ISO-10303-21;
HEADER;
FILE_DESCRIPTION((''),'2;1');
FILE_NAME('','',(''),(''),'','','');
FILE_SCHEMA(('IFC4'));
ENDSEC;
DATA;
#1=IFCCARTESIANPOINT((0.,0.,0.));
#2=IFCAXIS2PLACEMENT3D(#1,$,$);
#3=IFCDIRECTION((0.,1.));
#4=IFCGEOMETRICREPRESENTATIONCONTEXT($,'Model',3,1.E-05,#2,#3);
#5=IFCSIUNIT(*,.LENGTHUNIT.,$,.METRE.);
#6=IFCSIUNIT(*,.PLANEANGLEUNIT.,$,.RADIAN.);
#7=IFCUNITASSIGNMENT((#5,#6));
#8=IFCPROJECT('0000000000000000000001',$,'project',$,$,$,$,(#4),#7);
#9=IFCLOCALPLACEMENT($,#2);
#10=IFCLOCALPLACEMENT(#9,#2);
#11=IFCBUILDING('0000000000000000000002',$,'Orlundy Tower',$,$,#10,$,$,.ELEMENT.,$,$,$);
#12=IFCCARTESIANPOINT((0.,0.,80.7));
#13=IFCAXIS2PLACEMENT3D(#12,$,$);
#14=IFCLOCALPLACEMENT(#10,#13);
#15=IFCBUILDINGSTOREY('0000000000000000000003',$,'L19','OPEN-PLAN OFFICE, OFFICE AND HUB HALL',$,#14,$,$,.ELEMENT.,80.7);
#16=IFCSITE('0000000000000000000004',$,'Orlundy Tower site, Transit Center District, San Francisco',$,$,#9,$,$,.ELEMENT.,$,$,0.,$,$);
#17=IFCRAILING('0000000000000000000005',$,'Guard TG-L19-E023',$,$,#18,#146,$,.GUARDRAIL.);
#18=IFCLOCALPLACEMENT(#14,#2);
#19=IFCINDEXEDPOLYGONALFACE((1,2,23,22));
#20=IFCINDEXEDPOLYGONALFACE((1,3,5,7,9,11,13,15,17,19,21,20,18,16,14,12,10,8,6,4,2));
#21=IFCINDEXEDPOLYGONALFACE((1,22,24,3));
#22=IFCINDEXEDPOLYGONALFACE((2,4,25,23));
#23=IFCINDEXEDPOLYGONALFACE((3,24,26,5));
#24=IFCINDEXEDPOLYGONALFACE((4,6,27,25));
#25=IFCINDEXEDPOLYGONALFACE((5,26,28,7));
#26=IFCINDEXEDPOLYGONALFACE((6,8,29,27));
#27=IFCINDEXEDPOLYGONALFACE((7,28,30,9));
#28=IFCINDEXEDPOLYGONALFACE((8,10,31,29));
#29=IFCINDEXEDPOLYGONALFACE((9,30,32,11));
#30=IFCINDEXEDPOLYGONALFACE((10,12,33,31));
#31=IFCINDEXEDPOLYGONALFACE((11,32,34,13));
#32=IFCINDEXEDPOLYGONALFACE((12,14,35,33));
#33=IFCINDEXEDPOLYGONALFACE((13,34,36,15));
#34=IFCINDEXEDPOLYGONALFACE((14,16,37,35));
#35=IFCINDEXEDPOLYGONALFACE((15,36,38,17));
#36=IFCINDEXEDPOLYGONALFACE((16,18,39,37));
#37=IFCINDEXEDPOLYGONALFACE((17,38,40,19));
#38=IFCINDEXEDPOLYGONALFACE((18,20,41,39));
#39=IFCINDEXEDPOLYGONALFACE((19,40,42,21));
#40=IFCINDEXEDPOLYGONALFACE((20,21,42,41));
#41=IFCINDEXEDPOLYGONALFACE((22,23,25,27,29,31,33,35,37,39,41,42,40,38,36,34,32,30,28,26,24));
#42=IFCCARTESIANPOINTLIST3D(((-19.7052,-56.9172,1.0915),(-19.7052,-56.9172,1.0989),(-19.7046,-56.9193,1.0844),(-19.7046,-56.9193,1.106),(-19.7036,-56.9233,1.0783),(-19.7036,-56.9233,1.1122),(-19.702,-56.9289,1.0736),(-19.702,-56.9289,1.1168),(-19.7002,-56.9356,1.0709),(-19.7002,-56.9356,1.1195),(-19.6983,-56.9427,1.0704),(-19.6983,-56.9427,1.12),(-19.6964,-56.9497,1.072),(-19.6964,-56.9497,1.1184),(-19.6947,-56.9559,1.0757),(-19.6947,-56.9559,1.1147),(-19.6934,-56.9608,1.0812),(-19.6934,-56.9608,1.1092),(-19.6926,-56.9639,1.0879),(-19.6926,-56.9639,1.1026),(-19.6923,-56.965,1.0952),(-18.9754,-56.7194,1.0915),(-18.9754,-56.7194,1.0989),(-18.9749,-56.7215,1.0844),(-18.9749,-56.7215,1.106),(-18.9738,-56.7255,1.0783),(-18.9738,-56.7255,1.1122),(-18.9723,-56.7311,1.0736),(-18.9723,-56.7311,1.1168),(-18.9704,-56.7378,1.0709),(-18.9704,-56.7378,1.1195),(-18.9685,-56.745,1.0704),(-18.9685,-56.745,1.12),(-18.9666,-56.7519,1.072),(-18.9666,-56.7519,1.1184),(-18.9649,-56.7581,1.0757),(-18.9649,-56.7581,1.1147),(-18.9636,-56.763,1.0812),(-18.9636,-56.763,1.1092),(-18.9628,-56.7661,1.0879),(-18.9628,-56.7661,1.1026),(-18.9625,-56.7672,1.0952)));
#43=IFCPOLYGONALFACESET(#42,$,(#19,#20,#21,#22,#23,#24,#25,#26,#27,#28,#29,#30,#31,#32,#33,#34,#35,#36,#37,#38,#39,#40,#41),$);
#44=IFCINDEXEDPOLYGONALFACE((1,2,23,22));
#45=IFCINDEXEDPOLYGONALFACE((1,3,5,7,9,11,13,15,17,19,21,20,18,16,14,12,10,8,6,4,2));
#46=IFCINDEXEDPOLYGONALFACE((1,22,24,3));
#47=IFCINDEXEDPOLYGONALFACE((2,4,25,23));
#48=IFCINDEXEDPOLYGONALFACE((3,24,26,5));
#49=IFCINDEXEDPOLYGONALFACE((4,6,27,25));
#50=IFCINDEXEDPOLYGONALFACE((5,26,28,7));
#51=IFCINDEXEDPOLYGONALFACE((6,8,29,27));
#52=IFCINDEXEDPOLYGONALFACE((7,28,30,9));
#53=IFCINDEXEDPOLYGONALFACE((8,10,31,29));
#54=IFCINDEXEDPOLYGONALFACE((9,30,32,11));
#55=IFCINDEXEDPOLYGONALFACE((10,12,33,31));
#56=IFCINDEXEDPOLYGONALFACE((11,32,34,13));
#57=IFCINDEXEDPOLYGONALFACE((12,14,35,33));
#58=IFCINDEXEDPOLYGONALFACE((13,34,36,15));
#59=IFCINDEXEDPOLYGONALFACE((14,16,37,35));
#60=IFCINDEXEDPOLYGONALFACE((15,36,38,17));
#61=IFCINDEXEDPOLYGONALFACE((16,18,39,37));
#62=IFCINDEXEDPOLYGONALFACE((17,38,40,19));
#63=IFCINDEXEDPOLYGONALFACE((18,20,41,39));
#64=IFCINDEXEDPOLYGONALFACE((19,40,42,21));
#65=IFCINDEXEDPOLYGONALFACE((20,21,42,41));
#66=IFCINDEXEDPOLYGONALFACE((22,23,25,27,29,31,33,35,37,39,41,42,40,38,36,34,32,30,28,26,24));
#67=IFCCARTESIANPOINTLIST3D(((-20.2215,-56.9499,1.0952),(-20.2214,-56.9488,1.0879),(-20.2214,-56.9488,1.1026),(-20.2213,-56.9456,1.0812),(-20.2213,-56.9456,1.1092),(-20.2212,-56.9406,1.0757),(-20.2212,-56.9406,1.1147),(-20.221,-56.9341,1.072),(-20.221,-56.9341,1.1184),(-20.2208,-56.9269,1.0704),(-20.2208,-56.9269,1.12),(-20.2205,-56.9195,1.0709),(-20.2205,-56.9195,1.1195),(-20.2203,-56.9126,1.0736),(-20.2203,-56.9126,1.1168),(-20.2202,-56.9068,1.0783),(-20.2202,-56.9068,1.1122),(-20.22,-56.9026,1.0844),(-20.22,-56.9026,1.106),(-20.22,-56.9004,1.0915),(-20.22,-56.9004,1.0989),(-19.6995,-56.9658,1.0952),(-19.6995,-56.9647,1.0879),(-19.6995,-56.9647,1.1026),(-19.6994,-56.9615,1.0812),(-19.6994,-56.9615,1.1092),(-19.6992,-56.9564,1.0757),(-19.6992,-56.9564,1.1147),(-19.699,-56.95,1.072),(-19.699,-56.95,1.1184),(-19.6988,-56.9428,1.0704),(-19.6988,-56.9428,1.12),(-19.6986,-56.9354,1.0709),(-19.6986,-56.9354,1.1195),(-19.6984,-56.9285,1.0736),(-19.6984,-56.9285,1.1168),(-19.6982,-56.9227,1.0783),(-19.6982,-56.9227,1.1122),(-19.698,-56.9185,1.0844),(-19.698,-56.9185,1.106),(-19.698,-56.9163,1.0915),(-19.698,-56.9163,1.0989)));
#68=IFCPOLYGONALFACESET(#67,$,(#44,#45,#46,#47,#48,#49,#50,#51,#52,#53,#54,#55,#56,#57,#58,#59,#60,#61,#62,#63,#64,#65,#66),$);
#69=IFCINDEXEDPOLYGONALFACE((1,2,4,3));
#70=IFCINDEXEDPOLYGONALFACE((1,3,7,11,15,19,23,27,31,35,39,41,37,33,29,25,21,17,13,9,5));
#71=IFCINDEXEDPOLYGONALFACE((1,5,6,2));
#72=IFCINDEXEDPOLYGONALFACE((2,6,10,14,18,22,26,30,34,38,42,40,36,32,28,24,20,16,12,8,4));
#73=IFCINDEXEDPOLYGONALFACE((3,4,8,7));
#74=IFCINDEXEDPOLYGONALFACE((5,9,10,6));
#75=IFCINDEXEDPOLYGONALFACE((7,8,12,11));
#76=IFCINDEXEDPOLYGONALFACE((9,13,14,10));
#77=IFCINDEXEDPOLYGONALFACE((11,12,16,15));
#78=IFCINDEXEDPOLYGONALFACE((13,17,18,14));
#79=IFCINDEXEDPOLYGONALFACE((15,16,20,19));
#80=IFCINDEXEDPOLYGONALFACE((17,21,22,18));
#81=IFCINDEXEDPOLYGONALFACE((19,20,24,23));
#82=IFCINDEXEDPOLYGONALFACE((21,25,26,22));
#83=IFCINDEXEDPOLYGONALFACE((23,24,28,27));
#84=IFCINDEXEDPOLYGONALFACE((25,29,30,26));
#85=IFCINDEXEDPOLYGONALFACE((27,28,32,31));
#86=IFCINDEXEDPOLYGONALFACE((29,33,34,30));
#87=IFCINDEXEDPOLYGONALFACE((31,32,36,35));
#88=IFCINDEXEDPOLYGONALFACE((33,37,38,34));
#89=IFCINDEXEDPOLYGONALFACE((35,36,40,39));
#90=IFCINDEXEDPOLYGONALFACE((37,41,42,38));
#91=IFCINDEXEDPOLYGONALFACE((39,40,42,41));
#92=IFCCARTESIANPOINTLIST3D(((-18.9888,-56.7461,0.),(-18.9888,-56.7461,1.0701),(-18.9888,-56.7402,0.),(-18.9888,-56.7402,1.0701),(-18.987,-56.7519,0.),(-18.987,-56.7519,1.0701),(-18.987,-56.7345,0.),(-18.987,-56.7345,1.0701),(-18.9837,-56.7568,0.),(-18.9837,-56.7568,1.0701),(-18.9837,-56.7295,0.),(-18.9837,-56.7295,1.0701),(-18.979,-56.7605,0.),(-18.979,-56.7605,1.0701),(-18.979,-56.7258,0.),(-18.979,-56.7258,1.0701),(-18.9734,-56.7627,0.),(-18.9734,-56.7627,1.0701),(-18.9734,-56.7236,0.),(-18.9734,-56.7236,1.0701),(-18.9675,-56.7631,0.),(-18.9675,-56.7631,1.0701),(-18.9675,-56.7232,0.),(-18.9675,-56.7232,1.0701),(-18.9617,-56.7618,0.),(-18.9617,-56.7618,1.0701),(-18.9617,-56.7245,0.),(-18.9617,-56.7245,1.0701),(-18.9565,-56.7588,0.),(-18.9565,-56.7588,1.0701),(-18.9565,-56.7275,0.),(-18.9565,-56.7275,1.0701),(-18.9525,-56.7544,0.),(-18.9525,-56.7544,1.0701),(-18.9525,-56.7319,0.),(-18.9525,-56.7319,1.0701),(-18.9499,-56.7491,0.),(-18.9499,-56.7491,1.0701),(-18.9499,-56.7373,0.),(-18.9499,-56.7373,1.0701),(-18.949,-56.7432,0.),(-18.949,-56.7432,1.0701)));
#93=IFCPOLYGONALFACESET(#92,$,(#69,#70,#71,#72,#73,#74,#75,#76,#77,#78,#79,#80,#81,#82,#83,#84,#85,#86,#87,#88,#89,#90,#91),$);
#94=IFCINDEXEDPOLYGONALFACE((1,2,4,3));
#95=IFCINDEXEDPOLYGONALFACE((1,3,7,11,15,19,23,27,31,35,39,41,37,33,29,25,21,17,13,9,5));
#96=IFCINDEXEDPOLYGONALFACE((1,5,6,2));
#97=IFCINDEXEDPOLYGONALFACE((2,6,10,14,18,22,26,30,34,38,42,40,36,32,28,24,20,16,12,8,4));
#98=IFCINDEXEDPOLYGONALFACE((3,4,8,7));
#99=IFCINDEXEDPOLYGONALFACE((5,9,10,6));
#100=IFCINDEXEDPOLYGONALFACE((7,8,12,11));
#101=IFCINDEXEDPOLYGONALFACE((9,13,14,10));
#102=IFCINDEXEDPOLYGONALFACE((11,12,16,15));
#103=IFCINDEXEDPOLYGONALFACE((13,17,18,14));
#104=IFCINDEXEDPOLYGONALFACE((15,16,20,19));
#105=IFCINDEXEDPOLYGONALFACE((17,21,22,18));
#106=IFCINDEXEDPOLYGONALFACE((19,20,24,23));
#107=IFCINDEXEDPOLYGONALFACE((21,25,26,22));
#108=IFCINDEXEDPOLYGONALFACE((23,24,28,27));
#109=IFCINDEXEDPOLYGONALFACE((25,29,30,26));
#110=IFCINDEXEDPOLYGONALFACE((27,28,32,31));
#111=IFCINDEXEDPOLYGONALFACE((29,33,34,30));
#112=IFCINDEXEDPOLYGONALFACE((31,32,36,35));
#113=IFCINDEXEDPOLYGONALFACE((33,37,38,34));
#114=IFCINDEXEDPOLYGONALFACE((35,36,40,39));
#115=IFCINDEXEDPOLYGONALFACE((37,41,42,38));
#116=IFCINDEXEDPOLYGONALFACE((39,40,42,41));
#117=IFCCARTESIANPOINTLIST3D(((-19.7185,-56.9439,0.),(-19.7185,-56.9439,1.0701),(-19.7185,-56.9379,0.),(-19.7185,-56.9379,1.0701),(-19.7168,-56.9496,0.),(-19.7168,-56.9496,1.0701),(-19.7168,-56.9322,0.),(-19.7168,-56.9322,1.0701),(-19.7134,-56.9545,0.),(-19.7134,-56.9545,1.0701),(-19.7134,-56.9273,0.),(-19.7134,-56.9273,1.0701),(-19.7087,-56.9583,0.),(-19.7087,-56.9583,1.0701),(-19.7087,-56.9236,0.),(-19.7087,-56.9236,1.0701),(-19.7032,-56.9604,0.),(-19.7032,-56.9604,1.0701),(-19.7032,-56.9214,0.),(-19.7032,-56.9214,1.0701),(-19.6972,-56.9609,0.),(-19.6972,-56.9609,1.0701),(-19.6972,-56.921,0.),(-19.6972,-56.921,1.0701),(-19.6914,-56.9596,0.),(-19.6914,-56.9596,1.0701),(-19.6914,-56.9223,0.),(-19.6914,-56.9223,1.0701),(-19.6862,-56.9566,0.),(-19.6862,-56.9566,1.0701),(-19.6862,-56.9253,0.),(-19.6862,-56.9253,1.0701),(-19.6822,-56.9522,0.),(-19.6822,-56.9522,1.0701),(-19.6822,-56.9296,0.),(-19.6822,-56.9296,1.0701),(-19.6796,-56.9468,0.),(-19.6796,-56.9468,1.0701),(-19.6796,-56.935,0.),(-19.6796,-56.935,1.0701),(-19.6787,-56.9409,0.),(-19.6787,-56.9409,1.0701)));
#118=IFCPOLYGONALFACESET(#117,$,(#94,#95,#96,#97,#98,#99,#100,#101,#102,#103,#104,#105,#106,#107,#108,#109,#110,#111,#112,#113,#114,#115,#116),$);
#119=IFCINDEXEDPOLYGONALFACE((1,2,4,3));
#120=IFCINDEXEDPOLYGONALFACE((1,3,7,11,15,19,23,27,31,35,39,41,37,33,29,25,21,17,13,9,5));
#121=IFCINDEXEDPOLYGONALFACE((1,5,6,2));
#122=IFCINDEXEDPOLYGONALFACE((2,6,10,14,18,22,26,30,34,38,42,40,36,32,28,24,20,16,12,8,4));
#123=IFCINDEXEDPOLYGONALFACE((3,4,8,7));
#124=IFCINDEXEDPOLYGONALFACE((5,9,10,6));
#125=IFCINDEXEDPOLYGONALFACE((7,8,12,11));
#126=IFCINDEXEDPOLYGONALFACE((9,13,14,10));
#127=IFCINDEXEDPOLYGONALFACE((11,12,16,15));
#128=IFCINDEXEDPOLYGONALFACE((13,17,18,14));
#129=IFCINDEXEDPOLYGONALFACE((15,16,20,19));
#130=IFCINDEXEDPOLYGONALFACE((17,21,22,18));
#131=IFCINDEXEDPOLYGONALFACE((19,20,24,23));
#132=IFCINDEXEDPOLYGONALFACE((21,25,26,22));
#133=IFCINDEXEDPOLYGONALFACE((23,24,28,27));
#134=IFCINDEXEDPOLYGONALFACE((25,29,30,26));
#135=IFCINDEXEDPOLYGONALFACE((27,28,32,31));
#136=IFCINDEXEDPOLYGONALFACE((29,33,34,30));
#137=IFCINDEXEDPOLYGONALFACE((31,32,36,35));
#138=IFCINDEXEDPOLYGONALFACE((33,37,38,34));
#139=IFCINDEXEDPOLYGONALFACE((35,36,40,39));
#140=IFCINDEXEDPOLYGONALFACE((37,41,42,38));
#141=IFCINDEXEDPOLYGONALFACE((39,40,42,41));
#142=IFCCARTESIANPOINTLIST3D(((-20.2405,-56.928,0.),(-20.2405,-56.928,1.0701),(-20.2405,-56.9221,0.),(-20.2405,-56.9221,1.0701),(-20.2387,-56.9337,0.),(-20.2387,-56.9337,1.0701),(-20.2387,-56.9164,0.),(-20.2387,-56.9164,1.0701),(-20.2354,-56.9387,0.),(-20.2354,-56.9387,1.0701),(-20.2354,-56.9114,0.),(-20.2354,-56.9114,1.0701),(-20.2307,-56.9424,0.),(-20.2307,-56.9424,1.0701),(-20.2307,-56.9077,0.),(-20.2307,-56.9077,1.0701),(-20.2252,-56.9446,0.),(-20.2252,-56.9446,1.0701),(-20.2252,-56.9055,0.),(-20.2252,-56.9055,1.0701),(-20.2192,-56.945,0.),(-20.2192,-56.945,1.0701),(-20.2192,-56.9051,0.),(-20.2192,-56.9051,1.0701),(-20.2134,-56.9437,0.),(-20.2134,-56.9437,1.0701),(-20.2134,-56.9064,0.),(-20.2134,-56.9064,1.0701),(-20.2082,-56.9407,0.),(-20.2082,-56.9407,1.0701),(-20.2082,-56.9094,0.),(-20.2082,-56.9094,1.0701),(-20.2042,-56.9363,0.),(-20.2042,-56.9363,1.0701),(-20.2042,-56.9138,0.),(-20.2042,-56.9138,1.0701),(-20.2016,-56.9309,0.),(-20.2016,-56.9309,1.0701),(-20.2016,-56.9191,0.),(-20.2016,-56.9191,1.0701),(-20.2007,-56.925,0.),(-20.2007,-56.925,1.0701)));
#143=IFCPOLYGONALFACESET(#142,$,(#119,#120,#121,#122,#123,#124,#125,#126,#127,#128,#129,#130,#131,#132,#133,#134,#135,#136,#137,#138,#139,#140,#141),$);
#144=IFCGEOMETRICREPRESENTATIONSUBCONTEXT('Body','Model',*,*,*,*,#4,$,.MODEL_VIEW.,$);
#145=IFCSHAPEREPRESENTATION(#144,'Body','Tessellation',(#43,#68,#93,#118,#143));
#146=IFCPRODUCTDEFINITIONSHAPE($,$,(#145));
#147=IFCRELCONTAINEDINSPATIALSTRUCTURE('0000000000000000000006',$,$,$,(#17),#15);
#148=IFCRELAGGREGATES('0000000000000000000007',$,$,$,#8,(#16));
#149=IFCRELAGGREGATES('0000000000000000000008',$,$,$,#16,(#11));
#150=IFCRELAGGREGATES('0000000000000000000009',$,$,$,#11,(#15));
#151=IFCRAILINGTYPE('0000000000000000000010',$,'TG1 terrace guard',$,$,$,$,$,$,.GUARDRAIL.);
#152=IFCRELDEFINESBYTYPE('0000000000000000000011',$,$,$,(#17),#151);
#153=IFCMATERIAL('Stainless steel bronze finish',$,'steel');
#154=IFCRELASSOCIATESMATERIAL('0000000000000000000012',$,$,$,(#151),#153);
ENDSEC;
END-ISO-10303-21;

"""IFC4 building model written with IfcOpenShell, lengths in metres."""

from ifc_helpers import new_model, si_unit, direction, frame, origin, origin_2d, place, context, subcontext, project, spatial, circle, extrude, material, type_object, element, save


model = new_model("IFC4")

# Units and contexts
model_context = context("Model", 3, precision=1e-05, world=origin(), true_north=direction((0.0, 1.0)))
body_context = subcontext(model_context, "Body", "Model", "MODEL_VIEW")
ifc_project = project(units=[si_unit("LENGTHUNIT", "METRE"), si_unit("PLANEANGLEUNIT", "RADIAN")], contexts=[model_context])

# Site, building, storey
site_placement = place(None, origin())
site = spatial("IfcSite", under=ifc_project, at=site_placement, Name="Orlundy Tower site, Transit Center District, San Francisco", CompositionType="ELEMENT", RefElevation=0.0)
building_placement = place(site_placement, origin())
building = spatial("IfcBuilding", under=site, at=building_placement, Name="Orlundy Tower", CompositionType="ELEMENT")
storey_placement = place(building_placement, frame((0.0, 0.0, 80.7)))
storey = spatial("IfcBuildingStorey", under=building, at=storey_placement, Name="L19", Description="OPEN-PLAN OFFICE, OFFICE AND HUB HALL", CompositionType="ELEMENT", Elevation=80.7)

# Railing
ifc_material_1 = material(Name="Stainless steel bronze finish", Category="steel")
railing_type = type_object("IfcRailingType", Name="TG1 terrace guard", PredefinedType="GUARDRAIL", material=ifc_material_1)
railing_1_placement = place(storey_placement, frame((-18.969, -56.7432, 0.0)))
element("IfcRailing", 1, at=railing_1_placement, inside=storey, type_object=railing_type, Name="Guard TG-L19-E023", PredefinedType="GUARDRAIL", context=body_context, shape_type="SweptSolid", body=[
    extrude(circle(Radius=0.0249, at=origin_2d()), frame((0.0, 0.0, 1.0952), z_axis=(-0.965187, -0.26156, 0.0), x_axis=(0.26156, -0.965187, 0.0)), (0.0, 0.0, 1.0), 0.7561),
    extrude(circle(Radius=0.0249, at=origin_2d()), frame((-0.7297, -0.1978, 1.0952), z_axis=(-0.999538, 0.030388, 0.0), x_axis=(-0.030388, -0.999538, 0.0)), (0.0, 0.0, 1.0), 0.5222),
    extrude(circle(Radius=0.02, at=origin_2d()), origin(), (0.0, 0.0, 1.0), 1.0701),
    extrude(circle(Radius=0.02, at=origin_2d()), frame((-0.7297, -0.1978, 0.0)), (0.0, 0.0, 1.0), 1.0701),
    extrude(circle(Radius=0.02, at=origin_2d()), frame((-1.2517, -0.1819, 0.0)), (0.0, 0.0, 1.0), 1.0701),
])

save(model, "model.ifc")
